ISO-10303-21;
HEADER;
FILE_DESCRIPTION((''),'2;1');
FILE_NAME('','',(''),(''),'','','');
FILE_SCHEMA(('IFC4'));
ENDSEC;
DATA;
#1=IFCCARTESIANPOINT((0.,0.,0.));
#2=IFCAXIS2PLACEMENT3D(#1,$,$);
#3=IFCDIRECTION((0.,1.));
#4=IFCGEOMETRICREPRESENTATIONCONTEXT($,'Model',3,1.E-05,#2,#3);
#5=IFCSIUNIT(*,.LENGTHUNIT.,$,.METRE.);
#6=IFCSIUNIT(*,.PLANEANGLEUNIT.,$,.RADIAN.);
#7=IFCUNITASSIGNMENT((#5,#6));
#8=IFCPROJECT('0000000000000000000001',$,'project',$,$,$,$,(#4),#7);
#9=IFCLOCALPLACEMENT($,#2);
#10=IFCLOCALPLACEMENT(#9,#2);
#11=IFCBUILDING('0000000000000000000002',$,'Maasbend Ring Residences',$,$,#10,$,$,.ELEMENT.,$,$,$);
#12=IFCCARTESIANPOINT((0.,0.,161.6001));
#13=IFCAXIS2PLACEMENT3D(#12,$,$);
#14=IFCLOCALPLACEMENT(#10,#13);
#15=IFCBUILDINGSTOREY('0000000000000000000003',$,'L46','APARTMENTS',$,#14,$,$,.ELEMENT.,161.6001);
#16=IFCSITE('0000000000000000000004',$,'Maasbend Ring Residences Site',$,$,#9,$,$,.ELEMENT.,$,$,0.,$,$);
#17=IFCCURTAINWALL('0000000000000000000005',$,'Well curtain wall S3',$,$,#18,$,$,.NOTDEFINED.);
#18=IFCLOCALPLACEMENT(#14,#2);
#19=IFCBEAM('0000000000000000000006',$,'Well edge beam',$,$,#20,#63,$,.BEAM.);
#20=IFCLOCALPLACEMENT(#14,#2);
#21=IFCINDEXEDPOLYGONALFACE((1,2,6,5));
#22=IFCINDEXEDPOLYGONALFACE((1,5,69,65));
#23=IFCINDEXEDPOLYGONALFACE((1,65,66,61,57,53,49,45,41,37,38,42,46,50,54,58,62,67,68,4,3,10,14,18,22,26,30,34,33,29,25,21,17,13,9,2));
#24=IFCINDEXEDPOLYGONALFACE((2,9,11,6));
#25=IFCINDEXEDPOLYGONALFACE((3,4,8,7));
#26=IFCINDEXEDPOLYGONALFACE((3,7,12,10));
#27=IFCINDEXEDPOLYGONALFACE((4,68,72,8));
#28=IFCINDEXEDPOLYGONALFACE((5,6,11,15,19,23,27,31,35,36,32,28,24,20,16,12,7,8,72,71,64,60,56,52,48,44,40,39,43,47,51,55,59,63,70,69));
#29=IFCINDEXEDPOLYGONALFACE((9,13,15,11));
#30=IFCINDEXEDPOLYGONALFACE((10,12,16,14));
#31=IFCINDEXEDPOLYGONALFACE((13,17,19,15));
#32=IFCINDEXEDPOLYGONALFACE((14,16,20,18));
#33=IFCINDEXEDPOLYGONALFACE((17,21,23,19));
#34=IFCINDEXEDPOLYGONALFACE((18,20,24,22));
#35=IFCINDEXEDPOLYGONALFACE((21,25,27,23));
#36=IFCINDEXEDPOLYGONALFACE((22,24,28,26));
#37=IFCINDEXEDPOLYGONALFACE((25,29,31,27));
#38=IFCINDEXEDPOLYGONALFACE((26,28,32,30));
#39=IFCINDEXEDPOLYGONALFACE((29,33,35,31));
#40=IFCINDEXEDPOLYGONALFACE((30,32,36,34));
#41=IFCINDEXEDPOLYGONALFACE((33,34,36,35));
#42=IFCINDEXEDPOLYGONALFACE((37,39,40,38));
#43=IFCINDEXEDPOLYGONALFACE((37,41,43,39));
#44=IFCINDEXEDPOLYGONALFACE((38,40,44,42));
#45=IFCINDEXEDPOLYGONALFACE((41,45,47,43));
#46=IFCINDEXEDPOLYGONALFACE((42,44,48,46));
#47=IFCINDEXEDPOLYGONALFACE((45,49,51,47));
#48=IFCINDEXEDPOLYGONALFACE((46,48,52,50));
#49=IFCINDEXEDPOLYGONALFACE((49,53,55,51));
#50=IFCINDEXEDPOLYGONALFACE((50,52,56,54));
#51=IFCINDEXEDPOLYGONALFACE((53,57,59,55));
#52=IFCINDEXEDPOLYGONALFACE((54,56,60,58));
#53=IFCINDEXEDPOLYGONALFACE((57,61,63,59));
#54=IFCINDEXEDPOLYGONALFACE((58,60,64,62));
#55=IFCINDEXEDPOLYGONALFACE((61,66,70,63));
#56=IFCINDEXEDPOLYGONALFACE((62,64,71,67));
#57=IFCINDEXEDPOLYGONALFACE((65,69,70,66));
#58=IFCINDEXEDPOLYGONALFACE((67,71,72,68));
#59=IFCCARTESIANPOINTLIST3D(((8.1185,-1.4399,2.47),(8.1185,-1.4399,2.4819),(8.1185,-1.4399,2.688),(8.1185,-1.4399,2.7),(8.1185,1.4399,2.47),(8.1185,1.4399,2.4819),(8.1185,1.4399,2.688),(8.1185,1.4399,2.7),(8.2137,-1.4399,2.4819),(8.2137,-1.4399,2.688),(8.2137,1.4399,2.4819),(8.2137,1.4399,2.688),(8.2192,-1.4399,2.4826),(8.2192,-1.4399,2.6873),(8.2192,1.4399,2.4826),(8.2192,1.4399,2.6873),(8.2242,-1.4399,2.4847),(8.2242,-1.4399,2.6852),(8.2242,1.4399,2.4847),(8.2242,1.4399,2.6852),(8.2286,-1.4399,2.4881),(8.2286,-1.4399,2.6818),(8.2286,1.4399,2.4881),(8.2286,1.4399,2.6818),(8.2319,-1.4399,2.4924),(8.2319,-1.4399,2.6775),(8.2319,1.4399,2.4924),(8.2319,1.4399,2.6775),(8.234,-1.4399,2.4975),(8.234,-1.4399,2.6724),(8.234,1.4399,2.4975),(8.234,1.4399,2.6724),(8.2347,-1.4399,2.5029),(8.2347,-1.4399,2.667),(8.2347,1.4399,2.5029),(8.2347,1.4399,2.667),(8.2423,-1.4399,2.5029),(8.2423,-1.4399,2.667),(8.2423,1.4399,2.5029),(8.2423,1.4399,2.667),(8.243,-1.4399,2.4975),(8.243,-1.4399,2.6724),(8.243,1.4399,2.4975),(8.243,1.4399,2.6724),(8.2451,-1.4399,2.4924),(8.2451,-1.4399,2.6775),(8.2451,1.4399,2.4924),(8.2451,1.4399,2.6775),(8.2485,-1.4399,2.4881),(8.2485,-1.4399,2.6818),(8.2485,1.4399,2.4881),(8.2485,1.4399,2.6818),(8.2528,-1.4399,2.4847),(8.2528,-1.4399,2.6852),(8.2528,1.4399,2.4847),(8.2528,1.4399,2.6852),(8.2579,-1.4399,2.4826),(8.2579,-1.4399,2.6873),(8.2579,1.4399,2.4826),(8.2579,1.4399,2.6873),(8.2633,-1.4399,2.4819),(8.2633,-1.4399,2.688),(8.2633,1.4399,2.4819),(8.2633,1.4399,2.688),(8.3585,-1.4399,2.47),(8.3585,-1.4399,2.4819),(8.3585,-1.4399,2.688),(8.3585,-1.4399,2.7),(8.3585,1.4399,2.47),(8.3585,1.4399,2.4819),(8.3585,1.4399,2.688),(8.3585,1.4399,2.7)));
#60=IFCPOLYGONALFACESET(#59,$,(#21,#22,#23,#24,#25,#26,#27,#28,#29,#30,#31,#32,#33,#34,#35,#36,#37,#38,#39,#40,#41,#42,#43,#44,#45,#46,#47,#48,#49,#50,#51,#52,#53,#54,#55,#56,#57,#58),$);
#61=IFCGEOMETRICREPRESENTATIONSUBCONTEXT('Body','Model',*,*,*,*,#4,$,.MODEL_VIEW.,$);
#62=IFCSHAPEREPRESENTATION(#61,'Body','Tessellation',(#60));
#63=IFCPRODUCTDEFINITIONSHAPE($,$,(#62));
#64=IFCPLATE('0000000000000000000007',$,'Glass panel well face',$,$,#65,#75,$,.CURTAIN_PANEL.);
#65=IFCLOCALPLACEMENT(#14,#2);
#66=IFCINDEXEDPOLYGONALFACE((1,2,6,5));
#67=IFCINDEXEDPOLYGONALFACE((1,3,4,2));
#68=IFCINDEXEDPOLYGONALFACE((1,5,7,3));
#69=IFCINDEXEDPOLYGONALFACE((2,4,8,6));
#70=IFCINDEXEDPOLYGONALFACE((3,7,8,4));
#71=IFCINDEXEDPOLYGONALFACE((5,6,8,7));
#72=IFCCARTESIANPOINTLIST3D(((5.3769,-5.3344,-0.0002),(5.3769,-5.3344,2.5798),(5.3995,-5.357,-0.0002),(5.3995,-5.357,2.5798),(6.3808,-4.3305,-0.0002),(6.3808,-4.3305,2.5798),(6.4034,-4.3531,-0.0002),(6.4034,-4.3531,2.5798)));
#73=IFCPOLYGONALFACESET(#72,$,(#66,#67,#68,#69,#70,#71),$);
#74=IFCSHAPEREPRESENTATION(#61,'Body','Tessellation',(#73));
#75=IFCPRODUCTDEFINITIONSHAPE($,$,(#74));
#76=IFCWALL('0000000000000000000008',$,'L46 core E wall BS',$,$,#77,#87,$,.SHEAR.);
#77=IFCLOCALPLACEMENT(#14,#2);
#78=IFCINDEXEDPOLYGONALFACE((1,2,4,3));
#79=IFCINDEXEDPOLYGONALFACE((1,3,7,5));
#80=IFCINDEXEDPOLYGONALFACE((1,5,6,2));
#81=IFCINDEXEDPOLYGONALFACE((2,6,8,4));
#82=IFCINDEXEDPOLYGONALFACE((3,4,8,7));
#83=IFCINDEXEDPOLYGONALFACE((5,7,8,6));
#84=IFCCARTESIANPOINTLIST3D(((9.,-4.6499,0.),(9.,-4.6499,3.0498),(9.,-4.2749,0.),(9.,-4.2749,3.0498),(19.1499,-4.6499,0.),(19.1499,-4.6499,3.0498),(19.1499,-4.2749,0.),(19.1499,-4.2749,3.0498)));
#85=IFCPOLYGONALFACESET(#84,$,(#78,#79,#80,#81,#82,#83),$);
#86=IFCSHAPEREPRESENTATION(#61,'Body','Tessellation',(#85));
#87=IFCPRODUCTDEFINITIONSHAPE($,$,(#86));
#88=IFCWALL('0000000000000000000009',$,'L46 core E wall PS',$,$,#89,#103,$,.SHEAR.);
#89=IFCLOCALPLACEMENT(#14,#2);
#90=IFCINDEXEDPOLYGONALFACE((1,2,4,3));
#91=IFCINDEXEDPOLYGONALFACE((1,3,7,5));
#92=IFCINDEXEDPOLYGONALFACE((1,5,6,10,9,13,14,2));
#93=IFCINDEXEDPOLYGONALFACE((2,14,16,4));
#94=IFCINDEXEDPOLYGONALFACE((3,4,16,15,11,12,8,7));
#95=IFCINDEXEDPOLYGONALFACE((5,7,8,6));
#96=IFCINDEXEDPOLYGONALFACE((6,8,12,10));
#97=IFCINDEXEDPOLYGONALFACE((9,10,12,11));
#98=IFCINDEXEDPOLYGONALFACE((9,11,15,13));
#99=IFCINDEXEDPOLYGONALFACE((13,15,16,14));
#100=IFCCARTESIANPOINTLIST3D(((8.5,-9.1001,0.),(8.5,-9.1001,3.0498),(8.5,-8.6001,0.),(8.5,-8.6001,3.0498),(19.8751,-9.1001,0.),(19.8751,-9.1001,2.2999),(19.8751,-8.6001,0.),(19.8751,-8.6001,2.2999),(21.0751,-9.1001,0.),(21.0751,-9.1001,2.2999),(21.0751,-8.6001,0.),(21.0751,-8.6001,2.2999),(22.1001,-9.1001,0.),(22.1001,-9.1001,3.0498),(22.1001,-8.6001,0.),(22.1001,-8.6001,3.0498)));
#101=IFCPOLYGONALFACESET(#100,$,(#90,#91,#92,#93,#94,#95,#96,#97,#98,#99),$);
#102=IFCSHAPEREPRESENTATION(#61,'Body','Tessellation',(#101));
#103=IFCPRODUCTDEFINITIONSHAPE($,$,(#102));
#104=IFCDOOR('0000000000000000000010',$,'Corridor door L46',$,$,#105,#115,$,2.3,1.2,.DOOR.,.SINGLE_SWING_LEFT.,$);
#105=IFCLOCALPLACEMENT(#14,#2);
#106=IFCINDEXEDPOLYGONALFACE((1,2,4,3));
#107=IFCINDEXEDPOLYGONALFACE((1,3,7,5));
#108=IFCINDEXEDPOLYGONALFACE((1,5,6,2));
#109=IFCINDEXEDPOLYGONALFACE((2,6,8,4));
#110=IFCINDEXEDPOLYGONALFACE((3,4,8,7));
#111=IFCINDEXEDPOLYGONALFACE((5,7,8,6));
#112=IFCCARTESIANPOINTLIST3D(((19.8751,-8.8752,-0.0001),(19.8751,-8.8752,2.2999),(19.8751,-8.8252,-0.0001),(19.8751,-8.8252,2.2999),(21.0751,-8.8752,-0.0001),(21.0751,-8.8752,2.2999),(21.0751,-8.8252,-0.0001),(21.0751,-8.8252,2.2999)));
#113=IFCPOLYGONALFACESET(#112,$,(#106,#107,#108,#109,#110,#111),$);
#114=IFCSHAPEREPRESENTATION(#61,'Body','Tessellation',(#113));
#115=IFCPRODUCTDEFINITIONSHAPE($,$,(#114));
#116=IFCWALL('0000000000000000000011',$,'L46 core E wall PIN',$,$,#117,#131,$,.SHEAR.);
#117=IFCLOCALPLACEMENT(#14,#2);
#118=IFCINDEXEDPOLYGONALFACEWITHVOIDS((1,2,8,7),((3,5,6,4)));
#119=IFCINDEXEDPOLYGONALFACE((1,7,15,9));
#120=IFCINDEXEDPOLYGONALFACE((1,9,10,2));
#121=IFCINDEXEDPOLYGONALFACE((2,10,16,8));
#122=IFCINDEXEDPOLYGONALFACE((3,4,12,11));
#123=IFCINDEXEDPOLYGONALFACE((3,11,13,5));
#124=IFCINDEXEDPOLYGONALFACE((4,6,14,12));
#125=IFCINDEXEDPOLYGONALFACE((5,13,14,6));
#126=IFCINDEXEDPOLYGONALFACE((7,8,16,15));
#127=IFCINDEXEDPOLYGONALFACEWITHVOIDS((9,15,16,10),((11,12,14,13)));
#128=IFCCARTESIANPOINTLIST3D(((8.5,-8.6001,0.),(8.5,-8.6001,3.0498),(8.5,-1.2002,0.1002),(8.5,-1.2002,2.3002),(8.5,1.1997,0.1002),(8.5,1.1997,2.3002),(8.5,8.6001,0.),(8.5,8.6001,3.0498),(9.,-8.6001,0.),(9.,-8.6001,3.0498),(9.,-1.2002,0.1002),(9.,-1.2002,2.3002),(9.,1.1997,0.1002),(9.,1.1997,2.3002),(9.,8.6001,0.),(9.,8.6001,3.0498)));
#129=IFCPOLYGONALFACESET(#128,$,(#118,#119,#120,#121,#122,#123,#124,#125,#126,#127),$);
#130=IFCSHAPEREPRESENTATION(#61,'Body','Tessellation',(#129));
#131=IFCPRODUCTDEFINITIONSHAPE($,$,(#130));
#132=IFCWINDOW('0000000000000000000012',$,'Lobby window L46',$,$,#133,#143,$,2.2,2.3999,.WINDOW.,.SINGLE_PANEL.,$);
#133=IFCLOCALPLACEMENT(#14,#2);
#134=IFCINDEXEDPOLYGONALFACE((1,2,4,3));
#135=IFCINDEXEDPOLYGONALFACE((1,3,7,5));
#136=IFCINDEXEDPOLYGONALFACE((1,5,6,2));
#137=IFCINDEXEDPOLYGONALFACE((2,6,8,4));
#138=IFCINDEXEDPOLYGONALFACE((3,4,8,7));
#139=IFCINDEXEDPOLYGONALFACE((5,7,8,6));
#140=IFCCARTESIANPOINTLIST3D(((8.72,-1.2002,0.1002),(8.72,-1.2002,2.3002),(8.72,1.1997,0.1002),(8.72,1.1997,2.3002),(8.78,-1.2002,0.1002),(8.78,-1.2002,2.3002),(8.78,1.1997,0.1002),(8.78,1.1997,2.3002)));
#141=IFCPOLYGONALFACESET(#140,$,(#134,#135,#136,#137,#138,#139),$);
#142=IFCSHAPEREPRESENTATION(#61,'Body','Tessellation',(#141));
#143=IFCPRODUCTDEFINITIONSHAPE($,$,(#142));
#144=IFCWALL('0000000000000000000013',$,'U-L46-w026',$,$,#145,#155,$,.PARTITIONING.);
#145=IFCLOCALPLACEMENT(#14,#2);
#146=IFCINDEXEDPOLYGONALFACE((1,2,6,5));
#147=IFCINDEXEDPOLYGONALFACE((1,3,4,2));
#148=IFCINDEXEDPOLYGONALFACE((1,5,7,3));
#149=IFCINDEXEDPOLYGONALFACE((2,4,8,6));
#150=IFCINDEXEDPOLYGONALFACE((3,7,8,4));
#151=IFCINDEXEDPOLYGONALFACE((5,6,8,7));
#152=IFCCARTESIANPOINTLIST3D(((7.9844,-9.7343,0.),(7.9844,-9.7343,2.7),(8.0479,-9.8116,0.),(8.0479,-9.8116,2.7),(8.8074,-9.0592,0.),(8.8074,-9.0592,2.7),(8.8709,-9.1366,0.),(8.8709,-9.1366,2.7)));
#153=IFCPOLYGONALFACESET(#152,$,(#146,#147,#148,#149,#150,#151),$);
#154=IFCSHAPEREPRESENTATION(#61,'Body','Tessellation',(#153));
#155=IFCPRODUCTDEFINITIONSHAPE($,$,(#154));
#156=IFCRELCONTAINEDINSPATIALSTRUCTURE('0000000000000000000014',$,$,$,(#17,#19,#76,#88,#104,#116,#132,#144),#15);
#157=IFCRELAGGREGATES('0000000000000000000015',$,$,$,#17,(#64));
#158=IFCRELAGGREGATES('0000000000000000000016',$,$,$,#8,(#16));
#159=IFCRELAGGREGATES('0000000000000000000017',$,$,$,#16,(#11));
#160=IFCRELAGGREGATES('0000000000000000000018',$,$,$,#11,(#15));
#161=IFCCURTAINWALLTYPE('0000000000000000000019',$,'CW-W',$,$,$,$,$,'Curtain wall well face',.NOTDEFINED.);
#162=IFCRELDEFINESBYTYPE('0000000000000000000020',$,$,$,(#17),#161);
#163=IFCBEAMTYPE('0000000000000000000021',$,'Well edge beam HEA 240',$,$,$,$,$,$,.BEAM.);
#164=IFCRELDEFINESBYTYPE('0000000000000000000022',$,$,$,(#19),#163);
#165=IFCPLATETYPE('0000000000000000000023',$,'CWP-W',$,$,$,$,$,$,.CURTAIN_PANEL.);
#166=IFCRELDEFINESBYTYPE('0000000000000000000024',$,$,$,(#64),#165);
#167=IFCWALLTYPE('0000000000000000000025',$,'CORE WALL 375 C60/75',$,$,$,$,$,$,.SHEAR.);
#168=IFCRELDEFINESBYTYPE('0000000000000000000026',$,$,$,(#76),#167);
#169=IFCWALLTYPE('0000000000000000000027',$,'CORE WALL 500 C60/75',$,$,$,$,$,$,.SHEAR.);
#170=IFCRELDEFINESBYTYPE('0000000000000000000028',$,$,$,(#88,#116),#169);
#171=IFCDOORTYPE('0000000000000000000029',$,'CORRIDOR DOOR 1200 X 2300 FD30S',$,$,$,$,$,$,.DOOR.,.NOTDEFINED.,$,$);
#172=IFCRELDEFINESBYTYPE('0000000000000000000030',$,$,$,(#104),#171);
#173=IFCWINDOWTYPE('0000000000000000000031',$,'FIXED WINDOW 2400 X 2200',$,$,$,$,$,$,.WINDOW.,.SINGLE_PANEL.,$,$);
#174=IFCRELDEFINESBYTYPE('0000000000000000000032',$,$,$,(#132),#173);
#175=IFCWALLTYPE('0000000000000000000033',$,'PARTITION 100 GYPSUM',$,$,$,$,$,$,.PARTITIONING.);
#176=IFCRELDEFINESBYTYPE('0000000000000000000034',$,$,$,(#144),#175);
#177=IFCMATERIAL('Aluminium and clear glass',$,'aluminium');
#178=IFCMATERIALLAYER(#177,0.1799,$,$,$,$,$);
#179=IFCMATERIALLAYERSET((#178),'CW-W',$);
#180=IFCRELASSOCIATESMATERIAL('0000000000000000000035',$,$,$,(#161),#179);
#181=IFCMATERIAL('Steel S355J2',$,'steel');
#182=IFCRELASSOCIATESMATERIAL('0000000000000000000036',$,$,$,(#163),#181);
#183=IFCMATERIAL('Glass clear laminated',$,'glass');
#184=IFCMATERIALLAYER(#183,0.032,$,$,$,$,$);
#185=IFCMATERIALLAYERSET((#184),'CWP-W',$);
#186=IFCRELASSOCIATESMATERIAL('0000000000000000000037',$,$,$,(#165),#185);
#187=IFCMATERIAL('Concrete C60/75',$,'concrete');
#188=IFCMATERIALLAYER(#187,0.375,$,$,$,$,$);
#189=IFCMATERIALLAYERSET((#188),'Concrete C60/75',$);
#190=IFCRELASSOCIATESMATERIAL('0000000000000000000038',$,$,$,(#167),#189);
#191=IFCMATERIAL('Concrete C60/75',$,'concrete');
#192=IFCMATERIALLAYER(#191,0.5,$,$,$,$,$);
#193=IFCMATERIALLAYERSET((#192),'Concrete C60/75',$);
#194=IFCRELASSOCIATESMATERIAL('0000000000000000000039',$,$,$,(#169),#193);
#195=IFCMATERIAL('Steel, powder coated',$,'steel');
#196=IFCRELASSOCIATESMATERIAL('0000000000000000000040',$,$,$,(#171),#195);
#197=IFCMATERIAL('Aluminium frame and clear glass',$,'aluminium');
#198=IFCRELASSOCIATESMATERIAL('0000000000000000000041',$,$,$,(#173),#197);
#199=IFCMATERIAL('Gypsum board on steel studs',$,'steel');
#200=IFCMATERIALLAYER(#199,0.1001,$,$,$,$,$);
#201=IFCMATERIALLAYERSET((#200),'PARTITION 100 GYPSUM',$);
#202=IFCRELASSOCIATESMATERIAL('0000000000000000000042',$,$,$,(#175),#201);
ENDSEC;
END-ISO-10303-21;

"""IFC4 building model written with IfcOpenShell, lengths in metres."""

from ifc_helpers import new_model, si_unit, direction, frame, frame_2d, origin, origin_2d, place, context, subcontext, project, spatial, rectangle, i_section, extrude, material, layer, layer_set, material_profile, profile_set, type_object, element, fill, aggregate, save


model = new_model("IFC4")

# Units and contexts
model_context = context("Model", 3, precision=1e-05, world=origin(), true_north=direction((0.0, 1.0)))
body_context = subcontext(model_context, "Body", "Model", "MODEL_VIEW")
ifc_project = project(units=[si_unit("LENGTHUNIT", "METRE"), si_unit("PLANEANGLEUNIT", "RADIAN")], contexts=[model_context])

# Site, building, storey
site_placement = place(None, origin())
site = spatial("IfcSite", under=ifc_project, at=site_placement, Name="Maasbend Ring Residences Site", CompositionType="ELEMENT", RefElevation=0.0)
building_placement = place(site_placement, origin())
building = spatial("IfcBuilding", under=site, at=building_placement, Name="Maasbend Ring Residences", CompositionType="ELEMENT")
storey_placement = place(building_placement, frame((0.0, 0.0, 161.6001)))
storey = spatial("IfcBuildingStorey", under=building, at=storey_placement, Name="L46", Description="APARTMENTS", CompositionType="ELEMENT", Elevation=161.6001)

# Curtain wall
ifc_material_1 = material(Name="Aluminium and clear glass", Category="aluminium")
ifc_layer_1 = layer(ifc_material_1, 0.1799)
ifc_layer_set_1 = layer_set([ifc_layer_1], Name="CW-W")
curtain_wall_type = type_object("IfcCurtainWallType", Name="CW-W", ElementType="Curtain wall well face", PredefinedType="NOTDEFINED", material=ifc_layer_set_1)
curtain_wall_placement = place(storey_placement, origin())
curtain_wall = element("IfcCurtainWall", 1, at=curtain_wall_placement, inside=storey, type_object=curtain_wall_type, Name="Well curtain wall S3", PredefinedType="NOTDEFINED")

# Beam
ifc_material_2 = material(Name="Steel S355J2", Category="steel")
ifc_material_profile_1 = material_profile(ifc_material_2, i_section(OverallWidth=0.24, OverallDepth=0.23, WebThickness=0.0076, FlangeThickness=0.012, FilletRadius=0.021, at=origin_2d()), Name="HEA 240")
ifc_profile_set_1 = profile_set([ifc_material_profile_1], Name="Steel S355J2")
beam_type = type_object("IfcBeamType", Name="Well edge beam HEA 240", PredefinedType="BEAM", material=ifc_profile_set_1)
for number, where, z_axis, x_axis, name in (
    (2, (8.2385, -1.4399, 2.585), (0.0, 1.0, 0.0), (-1.0, 0.0, 0.0), "Well edge beam"),
):
    element("IfcBeam", number, at=place(storey_placement, frame(where, z_axis=z_axis, x_axis=x_axis)), inside=storey, type_object=beam_type, Name=name, PredefinedType="BEAM", context=body_context, shape_type="SweptSolid", body=[
        extrude(i_section(OverallWidth=0.24, OverallDepth=0.23, WebThickness=0.0076, FlangeThickness=0.012, FilletRadius=0.021, at=origin_2d()), origin(), (0.0, 0.0, 1.0), 2.8799),
    ])

# Plate
ifc_material_3 = material(Name="Glass clear laminated", Category="glass")
ifc_layer_2 = layer(ifc_material_3, 0.032)
ifc_layer_set_2 = layer_set([ifc_layer_2], Name="CWP-W")
plate_type = type_object("IfcPlateType", Name="CWP-W", PredefinedType="CURTAIN_PANEL", material=ifc_layer_set_2)
plate_placement = place(storey_placement, frame((5.8901, -4.8438, -0.0002), z_axis=(0.0, 0.0, 1.0), x_axis=(0.707107, 0.707107, 0.0)))
plate = element("IfcPlate", 3, at=plate_placement, type_object=plate_type, Name="Glass panel well face", PredefinedType="CURTAIN_PANEL", context=body_context, shape_type="SweptSolid", body=[
    extrude(rectangle(XDim=1.4197, YDim=0.032, at=origin_2d()), origin(), (0.0, 0.0, 1.0), 2.5801),
])
aggregate(curtain_wall, [plate])

# Wall
ifc_material_4 = material(Name="Concrete C60/75", Category="concrete")
ifc_layer_3 = layer(ifc_material_4, 0.375)
ifc_layer_set_3 = layer_set([ifc_layer_3], Name="Concrete C60/75")
wall_type_1 = type_object("IfcWallType", Name="CORE WALL 375 C60/75", PredefinedType="SHEAR", material=ifc_layer_set_3)
wall_1_placement = place(storey_placement, frame((9.0, -4.4624, 0.0), z_axis=(0.0, 0.0, 1.0), x_axis=(1.0, 0.0, 0.0)))
element("IfcWall", 4, at=wall_1_placement, inside=storey, type_object=wall_type_1, Name="L46 core E wall BS", PredefinedType="SHEAR", context=body_context, shape_type="SweptSolid", body=[
    extrude(rectangle(XDim=10.1499, YDim=0.375, at=frame_2d((5.075, 0.0))), origin(), (0.0, 0.0, 1.0), 3.0498),
])

# Wall, opening, door
ifc_material_5 = material(Name="Concrete C60/75", Category="concrete")
ifc_layer_4 = layer(ifc_material_5, 0.5)
ifc_layer_set_4 = layer_set([ifc_layer_4], Name="Concrete C60/75")
wall_type_2 = type_object("IfcWallType", Name="CORE WALL 500 C60/75", PredefinedType="SHEAR", material=ifc_layer_set_4)
wall_2_placement = place(storey_placement, frame((8.5, -8.8501, 0.0), z_axis=(0.0, 0.0, 1.0), x_axis=(1.0, 0.0, 0.0)))
wall_2 = element("IfcWall", 5, at=wall_2_placement, inside=storey, type_object=wall_type_2, Name="L46 core E wall PS", PredefinedType="SHEAR", context=body_context, shape_type="SweptSolid", body=[
    extrude(rectangle(XDim=13.6001, YDim=0.5, at=frame_2d((6.8, 0.0))), origin(), (0.0, 0.0, 1.0), 3.0498),
])
opening_1_placement = place(wall_2_placement, frame((11.375, 0.0, 0.0)))
opening_1 = element("IfcOpeningElement", 6, at=opening_1_placement, cuts=wall_2, PredefinedType="OPENING", context=body_context, shape_type="SweptSolid", body=[
    extrude(rectangle(XDim=1.2, YDim=2.3, at=frame_2d((0.6001, 1.1499))), frame((0.0, 0.26, 0.0), z_axis=(0.0, -1.0, 0.0), x_axis=(1.0, 0.0, 0.0)), (0.0, 0.0, 1.0), 0.52),
])
ifc_material_6 = material(Name="Steel, powder coated", Category="steel")
door_type_1 = type_object("IfcDoorType", Name="CORRIDOR DOOR 1200 X 2300 FD30S", OperationType="NOTDEFINED", PredefinedType="DOOR", material=ifc_material_6)
door_1_placement = place(opening_1_placement, origin())
door_1 = element("IfcDoor", 7, at=door_1_placement, inside=storey, type_object=door_type_1, Name="Corridor door L46", OperationType="SINGLE_SWING_LEFT", OverallHeight=2.3, OverallWidth=1.2, PredefinedType="DOOR", context=body_context, shape_type="SweptSolid", body=[
    extrude(rectangle(XDim=1.2, YDim=2.3, at=frame_2d((0.6001, 1.1499))), frame((0.0, 0.0249, 0.0), z_axis=(0.0, -1.0, 0.0), x_axis=(1.0, 0.0, 0.0)), (0.0, 0.0, 1.0), 0.05),
])
fill(opening_1, door_1)

# Wall, opening, window
wall_3_placement = place(storey_placement, frame((8.75, -8.6001, 0.0), z_axis=(0.0, 0.0, 1.0), x_axis=(0.0, 1.0, 0.0)))
wall_3 = element("IfcWall", 8, at=wall_3_placement, inside=storey, type_object=wall_type_2, Name="L46 core E wall PIN", PredefinedType="SHEAR", context=body_context, shape_type="SweptSolid", body=[
    extrude(rectangle(XDim=17.2002, YDim=0.5, at=frame_2d((8.6001, 0.0))), origin(), (0.0, 0.0, 1.0), 3.0498),
])
opening_2_placement = place(wall_3_placement, frame((7.3999, 0.0, 0.1001)))
opening_2 = element("IfcOpeningElement", 9, at=opening_2_placement, cuts=wall_3, PredefinedType="OPENING", context=body_context, shape_type="SweptSolid", body=[
    extrude(rectangle(XDim=2.3999, YDim=2.2, at=frame_2d((1.2, 1.1001))), frame((0.0, 0.26, 0.0), z_axis=(0.0, -1.0, 0.0), x_axis=(1.0, 0.0, 0.0)), (0.0, 0.0, 1.0), 0.52),
])
ifc_material_7 = material(Name="Aluminium frame and clear glass", Category="aluminium")
window_type = type_object("IfcWindowType", Name="FIXED WINDOW 2400 X 2200", PartitioningType="SINGLE_PANEL", PredefinedType="WINDOW", material=ifc_material_7)
window_placement = place(opening_2_placement, origin())
window = element("IfcWindow", 10, at=window_placement, inside=storey, type_object=window_type, Name="Lobby window L46", OverallHeight=2.2, OverallWidth=2.3999, PartitioningType="SINGLE_PANEL", PredefinedType="WINDOW", context=body_context, shape_type="SweptSolid", body=[
    extrude(rectangle(XDim=2.3999, YDim=2.2, at=frame_2d((1.2, 1.1001))), frame((0.0, 0.03, 0.0), z_axis=(0.0, -1.0, 0.0), x_axis=(1.0, 0.0, 0.0)), (0.0, 0.0, 1.0), 0.0601),
])
fill(opening_2, window)

# Wall
ifc_material_8 = material(Name="Gypsum board on steel studs", Category="steel")
ifc_layer_5 = layer(ifc_material_8, 0.1001)
ifc_layer_set_5 = layer_set([ifc_layer_5], Name="PARTITION 100 GYPSUM")
wall_type_3 = type_object("IfcWallType", Name="PARTITION 100 GYPSUM", PredefinedType="PARTITIONING", material=ifc_layer_set_5)
wall_4_placement = place(storey_placement, frame((8.0161, -9.7729, 0.0), z_axis=(0.0, 0.0, 1.0), x_axis=(0.77318, 0.634187, 0.0)))
element("IfcWall", 11, at=wall_4_placement, inside=storey, type_object=wall_type_3, Name="U-L46-w026", PredefinedType="PARTITIONING", context=body_context, shape_type="SweptSolid", body=[
    extrude(rectangle(XDim=1.0645, YDim=0.1001, at=frame_2d((0.5322, 0.0))), origin(), (0.0, 0.0, 1.0), 2.7),
])

save(model, "model.ifc")
